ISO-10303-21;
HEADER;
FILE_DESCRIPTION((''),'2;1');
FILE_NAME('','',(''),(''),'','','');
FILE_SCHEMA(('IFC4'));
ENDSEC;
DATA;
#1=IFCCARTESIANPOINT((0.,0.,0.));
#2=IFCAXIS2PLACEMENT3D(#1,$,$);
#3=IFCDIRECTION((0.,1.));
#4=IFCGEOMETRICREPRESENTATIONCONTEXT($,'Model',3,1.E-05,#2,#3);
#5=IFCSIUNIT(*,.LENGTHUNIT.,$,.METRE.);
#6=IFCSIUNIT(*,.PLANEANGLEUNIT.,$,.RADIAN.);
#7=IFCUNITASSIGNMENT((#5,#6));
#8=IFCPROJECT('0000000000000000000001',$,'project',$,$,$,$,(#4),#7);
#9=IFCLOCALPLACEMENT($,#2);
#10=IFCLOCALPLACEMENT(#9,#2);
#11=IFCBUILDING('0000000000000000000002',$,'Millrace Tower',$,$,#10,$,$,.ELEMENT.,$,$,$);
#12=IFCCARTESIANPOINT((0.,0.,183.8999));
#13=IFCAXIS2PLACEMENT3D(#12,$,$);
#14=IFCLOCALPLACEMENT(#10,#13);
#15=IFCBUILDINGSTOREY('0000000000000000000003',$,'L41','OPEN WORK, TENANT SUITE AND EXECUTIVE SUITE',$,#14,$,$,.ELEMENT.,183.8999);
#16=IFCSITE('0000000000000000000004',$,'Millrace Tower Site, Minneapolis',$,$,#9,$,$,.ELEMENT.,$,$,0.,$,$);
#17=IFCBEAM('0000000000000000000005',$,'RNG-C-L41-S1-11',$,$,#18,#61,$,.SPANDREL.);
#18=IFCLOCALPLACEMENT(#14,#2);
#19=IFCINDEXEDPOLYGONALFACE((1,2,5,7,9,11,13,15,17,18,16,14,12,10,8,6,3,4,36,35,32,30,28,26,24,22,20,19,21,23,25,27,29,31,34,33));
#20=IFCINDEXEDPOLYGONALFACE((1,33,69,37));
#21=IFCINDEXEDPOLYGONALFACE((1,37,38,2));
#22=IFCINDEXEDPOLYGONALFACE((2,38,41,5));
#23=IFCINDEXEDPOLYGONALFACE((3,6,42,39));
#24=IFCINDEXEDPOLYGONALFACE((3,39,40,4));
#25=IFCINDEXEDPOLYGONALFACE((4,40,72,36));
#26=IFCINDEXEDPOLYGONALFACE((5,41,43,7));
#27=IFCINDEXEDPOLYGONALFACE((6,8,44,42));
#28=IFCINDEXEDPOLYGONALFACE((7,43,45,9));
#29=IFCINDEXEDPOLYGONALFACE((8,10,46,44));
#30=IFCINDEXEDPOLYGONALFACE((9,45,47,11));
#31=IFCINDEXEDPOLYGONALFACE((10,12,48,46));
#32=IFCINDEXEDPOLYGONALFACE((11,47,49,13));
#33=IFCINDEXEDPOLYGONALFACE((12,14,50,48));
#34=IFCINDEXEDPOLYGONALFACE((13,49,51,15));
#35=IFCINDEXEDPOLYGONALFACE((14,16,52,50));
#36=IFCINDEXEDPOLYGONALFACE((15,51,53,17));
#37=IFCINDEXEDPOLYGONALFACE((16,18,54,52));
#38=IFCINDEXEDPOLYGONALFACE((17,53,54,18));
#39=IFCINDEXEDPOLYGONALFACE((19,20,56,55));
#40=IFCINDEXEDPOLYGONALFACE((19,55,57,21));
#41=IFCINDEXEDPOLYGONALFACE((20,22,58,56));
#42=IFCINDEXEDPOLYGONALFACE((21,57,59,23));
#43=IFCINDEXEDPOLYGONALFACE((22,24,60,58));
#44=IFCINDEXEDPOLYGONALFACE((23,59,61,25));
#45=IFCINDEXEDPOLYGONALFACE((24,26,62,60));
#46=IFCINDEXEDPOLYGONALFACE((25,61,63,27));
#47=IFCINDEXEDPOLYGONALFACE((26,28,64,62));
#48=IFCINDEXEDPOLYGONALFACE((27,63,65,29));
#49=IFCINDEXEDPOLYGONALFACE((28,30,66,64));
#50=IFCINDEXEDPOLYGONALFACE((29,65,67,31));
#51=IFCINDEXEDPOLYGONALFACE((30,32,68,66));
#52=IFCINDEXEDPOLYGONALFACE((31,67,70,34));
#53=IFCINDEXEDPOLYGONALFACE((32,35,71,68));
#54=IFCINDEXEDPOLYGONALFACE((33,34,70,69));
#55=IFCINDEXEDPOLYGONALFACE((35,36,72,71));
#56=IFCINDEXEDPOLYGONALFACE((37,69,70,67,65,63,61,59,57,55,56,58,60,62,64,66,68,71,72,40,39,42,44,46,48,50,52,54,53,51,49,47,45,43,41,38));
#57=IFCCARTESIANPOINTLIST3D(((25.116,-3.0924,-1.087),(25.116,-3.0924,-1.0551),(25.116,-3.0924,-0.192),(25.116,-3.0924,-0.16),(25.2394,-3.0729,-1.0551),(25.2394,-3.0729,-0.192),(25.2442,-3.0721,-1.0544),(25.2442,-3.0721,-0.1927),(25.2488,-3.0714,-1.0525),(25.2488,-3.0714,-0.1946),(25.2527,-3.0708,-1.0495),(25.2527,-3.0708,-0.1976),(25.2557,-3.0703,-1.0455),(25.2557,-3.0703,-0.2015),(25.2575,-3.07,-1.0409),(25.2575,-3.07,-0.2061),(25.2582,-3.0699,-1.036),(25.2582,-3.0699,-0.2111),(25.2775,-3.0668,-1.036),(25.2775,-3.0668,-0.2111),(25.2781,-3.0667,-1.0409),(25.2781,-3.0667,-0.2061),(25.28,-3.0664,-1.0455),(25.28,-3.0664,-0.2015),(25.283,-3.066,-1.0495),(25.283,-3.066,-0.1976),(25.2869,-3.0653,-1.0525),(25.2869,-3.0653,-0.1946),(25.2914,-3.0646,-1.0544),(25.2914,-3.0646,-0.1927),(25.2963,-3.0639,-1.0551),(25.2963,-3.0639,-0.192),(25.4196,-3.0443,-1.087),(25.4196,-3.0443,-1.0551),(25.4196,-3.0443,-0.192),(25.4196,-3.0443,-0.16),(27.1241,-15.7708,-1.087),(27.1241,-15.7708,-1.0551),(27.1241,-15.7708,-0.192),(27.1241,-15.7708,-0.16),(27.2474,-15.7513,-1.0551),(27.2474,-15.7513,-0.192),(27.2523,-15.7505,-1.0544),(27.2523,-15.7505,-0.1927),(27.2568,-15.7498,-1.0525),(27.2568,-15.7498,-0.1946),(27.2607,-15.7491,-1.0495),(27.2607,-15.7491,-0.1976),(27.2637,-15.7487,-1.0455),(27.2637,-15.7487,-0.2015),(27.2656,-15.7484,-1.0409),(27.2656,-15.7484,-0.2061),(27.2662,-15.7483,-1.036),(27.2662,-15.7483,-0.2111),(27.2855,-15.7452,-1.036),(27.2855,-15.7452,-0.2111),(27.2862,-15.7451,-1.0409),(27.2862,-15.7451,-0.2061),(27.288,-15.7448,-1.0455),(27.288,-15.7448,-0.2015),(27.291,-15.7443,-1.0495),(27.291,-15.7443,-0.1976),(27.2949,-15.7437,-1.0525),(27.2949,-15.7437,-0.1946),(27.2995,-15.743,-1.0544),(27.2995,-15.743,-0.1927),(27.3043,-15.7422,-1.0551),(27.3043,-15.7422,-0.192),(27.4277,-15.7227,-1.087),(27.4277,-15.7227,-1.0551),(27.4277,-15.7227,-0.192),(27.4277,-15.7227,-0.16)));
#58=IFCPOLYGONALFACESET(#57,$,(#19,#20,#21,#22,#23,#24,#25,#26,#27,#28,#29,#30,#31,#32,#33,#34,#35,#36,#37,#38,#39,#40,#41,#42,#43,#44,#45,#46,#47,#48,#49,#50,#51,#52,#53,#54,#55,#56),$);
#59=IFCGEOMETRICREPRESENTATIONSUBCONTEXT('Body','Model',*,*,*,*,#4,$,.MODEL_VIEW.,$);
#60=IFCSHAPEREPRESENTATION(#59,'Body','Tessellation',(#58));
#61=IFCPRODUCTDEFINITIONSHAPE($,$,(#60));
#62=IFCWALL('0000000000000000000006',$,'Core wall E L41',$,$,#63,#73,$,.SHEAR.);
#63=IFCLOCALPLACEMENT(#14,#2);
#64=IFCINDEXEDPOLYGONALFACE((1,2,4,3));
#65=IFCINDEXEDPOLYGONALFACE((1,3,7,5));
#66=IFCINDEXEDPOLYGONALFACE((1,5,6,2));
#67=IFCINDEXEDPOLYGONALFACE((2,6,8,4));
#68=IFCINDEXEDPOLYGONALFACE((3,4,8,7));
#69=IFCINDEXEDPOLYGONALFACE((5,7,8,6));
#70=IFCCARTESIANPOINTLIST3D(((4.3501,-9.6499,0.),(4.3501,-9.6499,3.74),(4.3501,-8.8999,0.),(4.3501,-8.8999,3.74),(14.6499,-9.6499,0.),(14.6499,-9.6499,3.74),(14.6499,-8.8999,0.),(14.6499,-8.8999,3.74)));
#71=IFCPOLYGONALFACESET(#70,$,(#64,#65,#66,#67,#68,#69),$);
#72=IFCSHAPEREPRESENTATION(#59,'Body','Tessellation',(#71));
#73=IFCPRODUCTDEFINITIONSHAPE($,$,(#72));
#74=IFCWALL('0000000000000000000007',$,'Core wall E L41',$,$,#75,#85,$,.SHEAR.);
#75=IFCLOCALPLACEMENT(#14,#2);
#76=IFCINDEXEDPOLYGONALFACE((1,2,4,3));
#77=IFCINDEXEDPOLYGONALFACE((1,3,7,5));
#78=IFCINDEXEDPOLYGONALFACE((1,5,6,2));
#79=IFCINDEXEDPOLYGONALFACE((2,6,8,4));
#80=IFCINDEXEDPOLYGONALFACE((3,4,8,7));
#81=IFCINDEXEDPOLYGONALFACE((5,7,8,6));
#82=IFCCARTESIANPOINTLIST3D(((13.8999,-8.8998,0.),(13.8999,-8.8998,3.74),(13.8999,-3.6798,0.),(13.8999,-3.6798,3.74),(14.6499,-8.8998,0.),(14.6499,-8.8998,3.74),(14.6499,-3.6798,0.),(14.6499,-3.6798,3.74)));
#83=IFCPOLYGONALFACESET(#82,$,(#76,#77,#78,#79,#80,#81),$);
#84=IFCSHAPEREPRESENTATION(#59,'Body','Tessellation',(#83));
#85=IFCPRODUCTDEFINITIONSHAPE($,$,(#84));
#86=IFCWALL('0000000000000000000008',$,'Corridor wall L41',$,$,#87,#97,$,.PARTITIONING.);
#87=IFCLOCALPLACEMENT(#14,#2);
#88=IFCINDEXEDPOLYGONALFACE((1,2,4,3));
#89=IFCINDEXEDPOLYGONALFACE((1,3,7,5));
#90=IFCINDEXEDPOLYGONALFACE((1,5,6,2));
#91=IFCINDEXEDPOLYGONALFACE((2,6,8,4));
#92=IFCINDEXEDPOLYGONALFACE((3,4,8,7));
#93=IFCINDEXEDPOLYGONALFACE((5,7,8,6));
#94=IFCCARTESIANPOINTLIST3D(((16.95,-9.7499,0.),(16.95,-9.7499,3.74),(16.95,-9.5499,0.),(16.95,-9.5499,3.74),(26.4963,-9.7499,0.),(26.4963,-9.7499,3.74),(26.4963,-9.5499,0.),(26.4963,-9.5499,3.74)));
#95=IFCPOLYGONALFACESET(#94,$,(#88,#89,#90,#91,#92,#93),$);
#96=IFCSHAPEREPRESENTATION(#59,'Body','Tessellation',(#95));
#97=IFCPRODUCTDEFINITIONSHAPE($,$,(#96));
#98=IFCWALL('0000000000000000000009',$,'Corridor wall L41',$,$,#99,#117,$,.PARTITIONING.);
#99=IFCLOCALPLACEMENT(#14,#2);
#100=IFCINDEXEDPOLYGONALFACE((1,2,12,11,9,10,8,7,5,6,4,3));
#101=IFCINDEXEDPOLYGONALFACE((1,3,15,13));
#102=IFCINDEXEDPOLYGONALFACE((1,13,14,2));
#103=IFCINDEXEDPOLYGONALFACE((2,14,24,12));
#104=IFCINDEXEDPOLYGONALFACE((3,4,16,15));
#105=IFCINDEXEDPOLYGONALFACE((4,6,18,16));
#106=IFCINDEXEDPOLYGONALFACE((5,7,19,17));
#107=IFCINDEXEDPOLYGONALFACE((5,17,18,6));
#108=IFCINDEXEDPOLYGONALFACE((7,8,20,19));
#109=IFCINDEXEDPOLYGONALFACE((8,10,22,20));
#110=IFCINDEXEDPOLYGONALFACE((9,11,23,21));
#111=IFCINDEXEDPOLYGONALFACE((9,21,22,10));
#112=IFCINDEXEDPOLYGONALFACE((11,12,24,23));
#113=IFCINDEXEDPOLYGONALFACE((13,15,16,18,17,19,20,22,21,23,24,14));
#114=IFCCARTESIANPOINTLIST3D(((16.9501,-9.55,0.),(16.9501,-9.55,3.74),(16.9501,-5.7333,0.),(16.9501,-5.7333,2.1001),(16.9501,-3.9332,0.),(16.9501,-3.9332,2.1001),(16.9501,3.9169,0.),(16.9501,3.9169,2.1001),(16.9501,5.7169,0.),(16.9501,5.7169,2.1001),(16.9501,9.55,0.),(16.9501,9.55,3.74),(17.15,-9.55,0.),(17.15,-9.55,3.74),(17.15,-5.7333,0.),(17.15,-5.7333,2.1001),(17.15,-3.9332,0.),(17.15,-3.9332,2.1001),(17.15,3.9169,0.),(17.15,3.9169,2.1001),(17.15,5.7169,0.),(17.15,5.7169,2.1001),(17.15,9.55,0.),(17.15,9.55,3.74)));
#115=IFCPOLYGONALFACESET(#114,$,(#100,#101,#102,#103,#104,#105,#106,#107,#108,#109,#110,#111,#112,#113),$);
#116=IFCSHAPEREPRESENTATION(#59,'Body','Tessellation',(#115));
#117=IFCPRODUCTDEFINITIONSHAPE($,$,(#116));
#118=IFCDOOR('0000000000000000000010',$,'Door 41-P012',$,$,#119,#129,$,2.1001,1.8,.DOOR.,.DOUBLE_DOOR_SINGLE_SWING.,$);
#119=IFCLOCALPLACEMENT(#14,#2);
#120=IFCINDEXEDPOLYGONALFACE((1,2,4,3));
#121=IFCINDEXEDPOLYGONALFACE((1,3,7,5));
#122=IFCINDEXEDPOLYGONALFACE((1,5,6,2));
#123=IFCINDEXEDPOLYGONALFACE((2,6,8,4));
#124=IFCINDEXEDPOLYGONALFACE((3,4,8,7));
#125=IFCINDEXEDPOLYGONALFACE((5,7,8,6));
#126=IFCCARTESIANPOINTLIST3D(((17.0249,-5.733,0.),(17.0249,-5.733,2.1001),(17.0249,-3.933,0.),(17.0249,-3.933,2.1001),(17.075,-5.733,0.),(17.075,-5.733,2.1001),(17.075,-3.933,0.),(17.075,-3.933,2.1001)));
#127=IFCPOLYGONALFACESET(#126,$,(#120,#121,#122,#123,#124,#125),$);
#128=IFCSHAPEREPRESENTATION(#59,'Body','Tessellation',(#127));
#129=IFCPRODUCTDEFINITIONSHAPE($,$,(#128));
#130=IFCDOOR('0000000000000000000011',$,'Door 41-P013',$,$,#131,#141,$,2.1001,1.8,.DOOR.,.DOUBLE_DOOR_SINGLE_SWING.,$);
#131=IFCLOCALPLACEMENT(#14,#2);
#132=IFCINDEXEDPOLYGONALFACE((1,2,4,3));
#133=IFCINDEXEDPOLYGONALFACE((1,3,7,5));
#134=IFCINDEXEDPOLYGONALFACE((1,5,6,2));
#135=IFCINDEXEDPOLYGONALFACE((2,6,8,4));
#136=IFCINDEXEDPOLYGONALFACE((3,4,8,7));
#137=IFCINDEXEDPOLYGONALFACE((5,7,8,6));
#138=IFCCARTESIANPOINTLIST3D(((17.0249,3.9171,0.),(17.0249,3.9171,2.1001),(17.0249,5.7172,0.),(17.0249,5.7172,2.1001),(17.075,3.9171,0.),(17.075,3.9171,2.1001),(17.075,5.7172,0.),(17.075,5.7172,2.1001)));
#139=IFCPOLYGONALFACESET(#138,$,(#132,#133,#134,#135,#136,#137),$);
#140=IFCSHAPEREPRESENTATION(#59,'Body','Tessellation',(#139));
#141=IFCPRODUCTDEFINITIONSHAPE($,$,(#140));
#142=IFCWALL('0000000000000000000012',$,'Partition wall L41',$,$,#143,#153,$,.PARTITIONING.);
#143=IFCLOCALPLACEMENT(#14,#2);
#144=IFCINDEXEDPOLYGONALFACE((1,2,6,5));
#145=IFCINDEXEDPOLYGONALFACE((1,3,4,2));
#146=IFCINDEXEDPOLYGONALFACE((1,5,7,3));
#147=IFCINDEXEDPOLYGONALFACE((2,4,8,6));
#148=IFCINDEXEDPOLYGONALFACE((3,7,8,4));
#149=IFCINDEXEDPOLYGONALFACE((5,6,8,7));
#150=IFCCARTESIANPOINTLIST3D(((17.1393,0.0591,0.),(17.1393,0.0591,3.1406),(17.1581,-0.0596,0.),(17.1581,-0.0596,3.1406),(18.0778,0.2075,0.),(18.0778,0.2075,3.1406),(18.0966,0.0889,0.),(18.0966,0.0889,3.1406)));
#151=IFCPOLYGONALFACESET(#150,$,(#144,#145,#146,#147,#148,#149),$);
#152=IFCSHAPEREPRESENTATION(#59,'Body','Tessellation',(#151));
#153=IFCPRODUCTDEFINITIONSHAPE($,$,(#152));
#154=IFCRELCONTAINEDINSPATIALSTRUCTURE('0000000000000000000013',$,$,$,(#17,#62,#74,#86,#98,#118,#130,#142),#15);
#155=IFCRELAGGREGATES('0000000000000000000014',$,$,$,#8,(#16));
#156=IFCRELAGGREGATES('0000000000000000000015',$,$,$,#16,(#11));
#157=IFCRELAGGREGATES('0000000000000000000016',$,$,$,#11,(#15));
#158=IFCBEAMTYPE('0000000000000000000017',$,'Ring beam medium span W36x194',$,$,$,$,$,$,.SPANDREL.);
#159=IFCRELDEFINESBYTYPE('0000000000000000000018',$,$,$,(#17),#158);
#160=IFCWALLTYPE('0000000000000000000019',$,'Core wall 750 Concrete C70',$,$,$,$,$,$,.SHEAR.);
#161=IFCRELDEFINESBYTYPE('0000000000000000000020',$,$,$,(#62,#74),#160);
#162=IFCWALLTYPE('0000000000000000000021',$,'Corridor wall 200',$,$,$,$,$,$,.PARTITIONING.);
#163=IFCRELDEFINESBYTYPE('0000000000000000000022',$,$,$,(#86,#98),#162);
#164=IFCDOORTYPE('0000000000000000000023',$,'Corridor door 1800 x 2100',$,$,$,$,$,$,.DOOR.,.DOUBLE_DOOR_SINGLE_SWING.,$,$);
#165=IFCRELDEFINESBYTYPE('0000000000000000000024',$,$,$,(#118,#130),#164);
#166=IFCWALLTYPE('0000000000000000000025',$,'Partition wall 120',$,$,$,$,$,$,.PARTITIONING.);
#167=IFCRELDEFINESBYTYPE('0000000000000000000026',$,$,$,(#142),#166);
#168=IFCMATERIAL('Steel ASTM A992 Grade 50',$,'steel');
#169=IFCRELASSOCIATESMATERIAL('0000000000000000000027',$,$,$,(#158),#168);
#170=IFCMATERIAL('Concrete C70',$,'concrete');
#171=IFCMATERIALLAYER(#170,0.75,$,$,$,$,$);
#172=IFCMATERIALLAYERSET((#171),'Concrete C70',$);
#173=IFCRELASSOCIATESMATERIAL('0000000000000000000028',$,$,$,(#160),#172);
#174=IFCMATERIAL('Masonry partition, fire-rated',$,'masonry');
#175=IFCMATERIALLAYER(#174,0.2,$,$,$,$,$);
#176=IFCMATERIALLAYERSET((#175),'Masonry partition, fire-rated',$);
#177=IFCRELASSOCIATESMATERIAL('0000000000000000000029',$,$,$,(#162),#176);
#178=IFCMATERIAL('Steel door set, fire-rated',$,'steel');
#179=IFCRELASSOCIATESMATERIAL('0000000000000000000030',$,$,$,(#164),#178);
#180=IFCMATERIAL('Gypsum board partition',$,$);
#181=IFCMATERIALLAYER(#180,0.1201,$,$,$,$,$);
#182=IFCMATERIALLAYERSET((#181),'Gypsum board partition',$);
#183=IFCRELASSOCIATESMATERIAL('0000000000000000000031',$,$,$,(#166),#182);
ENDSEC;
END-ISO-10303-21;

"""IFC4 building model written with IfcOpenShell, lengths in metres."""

from ifc_helpers import new_model, si_unit, direction, frame, frame_2d, origin, origin_2d, place, context, subcontext, project, spatial, rectangle, i_section, extrude, material, layer, layer_set, material_profile, profile_set, type_object, element, fill, save


model = new_model("IFC4")

# Units and contexts
model_context = context("Model", 3, precision=1e-05, world=origin(), true_north=direction((0.0, 1.0)))
body_context = subcontext(model_context, "Body", "Model", "MODEL_VIEW")
ifc_project = project(units=[si_unit("LENGTHUNIT", "METRE"), si_unit("PLANEANGLEUNIT", "RADIAN")], contexts=[model_context])

# Site, building, storey
site_placement = place(None, origin())
site = spatial("IfcSite", under=ifc_project, at=site_placement, Name="Millrace Tower Site, Minneapolis", CompositionType="ELEMENT", RefElevation=0.0)
building_placement = place(site_placement, origin())
building = spatial("IfcBuilding", under=site, at=building_placement, Name="Millrace Tower", CompositionType="ELEMENT")
storey_placement = place(building_placement, frame((0.0, 0.0, 183.8999)))
storey = spatial("IfcBuildingStorey", under=building, at=storey_placement, Name="L41", Description="OPEN WORK, TENANT SUITE AND EXECUTIVE SUITE", CompositionType="ELEMENT", Elevation=183.8999)

# Beam
ifc_material_1 = material(Name="Steel ASTM A992 Grade 50", Category="steel")
ifc_material_profile_1 = material_profile(ifc_material_1, i_section(OverallWidth=0.3074, OverallDepth=0.927, WebThickness=0.0195, FlangeThickness=0.032, FilletRadius=0.019, at=origin_2d()))
ifc_profile_set_1 = profile_set([ifc_material_profile_1], Name="Steel ASTM A992 Grade 50")
beam_type_1 = type_object("IfcBeamType", Name="Ring beam medium span W36x194", PredefinedType="SPANDREL", material=ifc_profile_set_1)
beam_1_placement = place(storey_placement, frame((25.2678, -3.0684, -0.6235), z_axis=(0.156433, -0.987689, 0.0), x_axis=(0.987689, 0.156433, 0.0)))
element("IfcBeam", 1, at=beam_1_placement, inside=storey, type_object=beam_type_1, Name="RNG-C-L41-S1-11", PredefinedType="SPANDREL", context=body_context, shape_type="SweptSolid", body=[
    extrude(i_section(OverallWidth=0.3074, OverallDepth=0.927, WebThickness=0.0195, FlangeThickness=0.032, FilletRadius=0.019, at=origin_2d()), origin(), (0.0, 0.0, 1.0), 12.8364),
])

# Walls
ifc_material_2 = material(Name="Concrete C70", Category="concrete")
ifc_layer_1 = layer(ifc_material_2, 0.75)
ifc_layer_set_1 = layer_set([ifc_layer_1], Name="Concrete C70")
wall_type_1 = type_object("IfcWallType", Name="Core wall 750 Concrete C70", PredefinedType="SHEAR", material=ifc_layer_set_1)
wall_1_placement = place(storey_placement, frame((14.6499, -9.2749, 0.0), z_axis=(0.0, 0.0, 1.0), x_axis=(-1.0, 0.0, 0.0)))
element("IfcWall", 2, at=wall_1_placement, inside=storey, type_object=wall_type_1, Name="Core wall E L41", PredefinedType="SHEAR", context=body_context, shape_type="SweptSolid", body=[
    extrude(rectangle(XDim=10.2998, YDim=0.75, at=frame_2d((5.1499, 0.0))), origin(), (0.0, 0.0, 1.0), 3.74),
])
wall_2_placement = place(storey_placement, frame((14.2749, -3.6799, 0.0), z_axis=(0.0, 0.0, 1.0), x_axis=(0.0, -1.0, 0.0)))
element("IfcWall", 3, at=wall_2_placement, inside=storey, type_object=wall_type_1, Name="Core wall E L41", PredefinedType="SHEAR", context=body_context, shape_type="SweptSolid", body=[
    extrude(rectangle(XDim=5.22, YDim=0.75, at=frame_2d((2.6099, 0.0))), origin(), (0.0, 0.0, 1.0), 3.74),
])
ifc_material_3 = material(Name="Masonry partition, fire-rated", Category="masonry")
ifc_layer_2 = layer(ifc_material_3, 0.2)
ifc_layer_set_2 = layer_set([ifc_layer_2], Name="Masonry partition, fire-rated")
wall_type_2 = type_object("IfcWallType", Name="Corridor wall 200", PredefinedType="PARTITIONING", material=ifc_layer_set_2)
wall_3_placement = place(storey_placement, frame((16.95, -9.6499, 0.0), z_axis=(0.0, 0.0, 1.0), x_axis=(1.0, 0.0, 0.0)))
element("IfcWall", 4, at=wall_3_placement, inside=storey, type_object=wall_type_2, Name="Corridor wall L41", PredefinedType="PARTITIONING", context=body_context, shape_type="SweptSolid", body=[
    extrude(rectangle(XDim=9.5464, YDim=0.2, at=frame_2d((4.7732, 0.0))), origin(), (0.0, 0.0, 1.0), 3.74),
])

# Wall, openings, doors
wall_4_placement = place(storey_placement, frame((17.05, -9.55, 0.0), z_axis=(0.0, 0.0, 1.0), x_axis=(0.0, 1.0, 0.0)))
wall_4 = element("IfcWall", 5, at=wall_4_placement, inside=storey, type_object=wall_type_2, Name="Corridor wall L41", PredefinedType="PARTITIONING", context=body_context, shape_type="SweptSolid", body=[
    extrude(rectangle(XDim=19.1001, YDim=0.2, at=frame_2d((9.55, 0.0))), origin(), (0.0, 0.0, 1.0), 3.74),
])
opening_1_placement = place(wall_4_placement, frame((3.8169, 0.0, 0.0)))
opening_1 = element("IfcOpeningElement", 6, at=opening_1_placement, cuts=wall_4, PredefinedType="OPENING", context=body_context, shape_type="SweptSolid", body=[
    extrude(rectangle(XDim=1.8, YDim=2.1001, at=frame_2d((0.8999, 1.05))), frame((0.0, 0.1099, 0.0), z_axis=(0.0, -1.0, 0.0), x_axis=(1.0, 0.0, 0.0)), (0.0, 0.0, 1.0), 0.22),
])
opening_2_placement = place(wall_4_placement, frame((13.467, 0.0, 0.0)))
opening_2 = element("IfcOpeningElement", 7, at=opening_2_placement, cuts=wall_4, PredefinedType="OPENING", context=body_context, shape_type="SweptSolid", body=[
    extrude(rectangle(XDim=1.8, YDim=2.1001, at=frame_2d((0.8999, 1.05))), frame((0.0, 0.1099, 0.0), z_axis=(0.0, -1.0, 0.0), x_axis=(1.0, 0.0, 0.0)), (0.0, 0.0, 1.0), 0.22),
])
ifc_material_4 = material(Name="Steel door set, fire-rated", Category="steel")
door_type_1 = type_object("IfcDoorType", Name="Corridor door 1800 x 2100", OperationType="DOUBLE_DOOR_SINGLE_SWING", PredefinedType="DOOR", material=ifc_material_4)
door_1_placement = place(opening_1_placement, frame((1.8, 0.0, 0.0), z_axis=(0.0, 0.0, 1.0), x_axis=(-1.0, 0.0, 0.0)))
door_1 = element("IfcDoor", 8, at=door_1_placement, inside=storey, type_object=door_type_1, Name="Door 41-P012", OperationType="DOUBLE_DOOR_SINGLE_SWING", OverallHeight=2.1001, OverallWidth=1.8, PredefinedType="DOOR", context=body_context, shape_type="SweptSolid", body=[
    extrude(rectangle(XDim=1.8, YDim=2.1001, at=frame_2d((0.8999, 1.05))), frame((0.0, 0.0249, 0.0), z_axis=(0.0, -1.0, 0.0), x_axis=(1.0, 0.0, 0.0)), (0.0, 0.0, 1.0), 0.05),
])
fill(opening_1, door_1)
door_2_placement = place(opening_2_placement, frame((1.8, 0.0, 0.0), z_axis=(0.0, 0.0, 1.0), x_axis=(-1.0, 0.0, 0.0)))
door_2 = element("IfcDoor", 9, at=door_2_placement, inside=storey, type_object=door_type_1, Name="Door 41-P013", OperationType="DOUBLE_DOOR_SINGLE_SWING", OverallHeight=2.1001, OverallWidth=1.8, PredefinedType="DOOR", context=body_context, shape_type="SweptSolid", body=[
    extrude(rectangle(XDim=1.8, YDim=2.1001, at=frame_2d((0.8999, 1.05))), frame((0.0, 0.0249, 0.0), z_axis=(0.0, -1.0, 0.0), x_axis=(1.0, 0.0, 0.0)), (0.0, 0.0, 1.0), 0.05),
])
fill(opening_2, door_2)

# Wall
ifc_material_5 = material(Name="Gypsum board partition")
ifc_layer_3 = layer(ifc_material_5, 0.1201)
ifc_layer_set_3 = layer_set([ifc_layer_3], Name="Gypsum board partition")
wall_type_3 = type_object("IfcWallType", Name="Partition wall 120", PredefinedType="PARTITIONING", material=ifc_layer_set_3)
wall_5_placement = place(storey_placement, frame((17.1487, -0.0002, 0.0), z_axis=(0.0, 0.0, 1.0), x_axis=(0.987721, 0.156226, 0.0)))
element("IfcWall", 10, at=wall_5_placement, inside=storey, type_object=wall_type_3, Name="Partition wall L41", PredefinedType="PARTITIONING", context=body_context, shape_type="SweptSolid", body=[
    extrude(rectangle(XDim=0.9502, YDim=0.1201, at=frame_2d((0.4751, 0.0))), origin(), (0.0, 0.0, 1.0), 3.1406),
])

save(model, "model.ifc")
